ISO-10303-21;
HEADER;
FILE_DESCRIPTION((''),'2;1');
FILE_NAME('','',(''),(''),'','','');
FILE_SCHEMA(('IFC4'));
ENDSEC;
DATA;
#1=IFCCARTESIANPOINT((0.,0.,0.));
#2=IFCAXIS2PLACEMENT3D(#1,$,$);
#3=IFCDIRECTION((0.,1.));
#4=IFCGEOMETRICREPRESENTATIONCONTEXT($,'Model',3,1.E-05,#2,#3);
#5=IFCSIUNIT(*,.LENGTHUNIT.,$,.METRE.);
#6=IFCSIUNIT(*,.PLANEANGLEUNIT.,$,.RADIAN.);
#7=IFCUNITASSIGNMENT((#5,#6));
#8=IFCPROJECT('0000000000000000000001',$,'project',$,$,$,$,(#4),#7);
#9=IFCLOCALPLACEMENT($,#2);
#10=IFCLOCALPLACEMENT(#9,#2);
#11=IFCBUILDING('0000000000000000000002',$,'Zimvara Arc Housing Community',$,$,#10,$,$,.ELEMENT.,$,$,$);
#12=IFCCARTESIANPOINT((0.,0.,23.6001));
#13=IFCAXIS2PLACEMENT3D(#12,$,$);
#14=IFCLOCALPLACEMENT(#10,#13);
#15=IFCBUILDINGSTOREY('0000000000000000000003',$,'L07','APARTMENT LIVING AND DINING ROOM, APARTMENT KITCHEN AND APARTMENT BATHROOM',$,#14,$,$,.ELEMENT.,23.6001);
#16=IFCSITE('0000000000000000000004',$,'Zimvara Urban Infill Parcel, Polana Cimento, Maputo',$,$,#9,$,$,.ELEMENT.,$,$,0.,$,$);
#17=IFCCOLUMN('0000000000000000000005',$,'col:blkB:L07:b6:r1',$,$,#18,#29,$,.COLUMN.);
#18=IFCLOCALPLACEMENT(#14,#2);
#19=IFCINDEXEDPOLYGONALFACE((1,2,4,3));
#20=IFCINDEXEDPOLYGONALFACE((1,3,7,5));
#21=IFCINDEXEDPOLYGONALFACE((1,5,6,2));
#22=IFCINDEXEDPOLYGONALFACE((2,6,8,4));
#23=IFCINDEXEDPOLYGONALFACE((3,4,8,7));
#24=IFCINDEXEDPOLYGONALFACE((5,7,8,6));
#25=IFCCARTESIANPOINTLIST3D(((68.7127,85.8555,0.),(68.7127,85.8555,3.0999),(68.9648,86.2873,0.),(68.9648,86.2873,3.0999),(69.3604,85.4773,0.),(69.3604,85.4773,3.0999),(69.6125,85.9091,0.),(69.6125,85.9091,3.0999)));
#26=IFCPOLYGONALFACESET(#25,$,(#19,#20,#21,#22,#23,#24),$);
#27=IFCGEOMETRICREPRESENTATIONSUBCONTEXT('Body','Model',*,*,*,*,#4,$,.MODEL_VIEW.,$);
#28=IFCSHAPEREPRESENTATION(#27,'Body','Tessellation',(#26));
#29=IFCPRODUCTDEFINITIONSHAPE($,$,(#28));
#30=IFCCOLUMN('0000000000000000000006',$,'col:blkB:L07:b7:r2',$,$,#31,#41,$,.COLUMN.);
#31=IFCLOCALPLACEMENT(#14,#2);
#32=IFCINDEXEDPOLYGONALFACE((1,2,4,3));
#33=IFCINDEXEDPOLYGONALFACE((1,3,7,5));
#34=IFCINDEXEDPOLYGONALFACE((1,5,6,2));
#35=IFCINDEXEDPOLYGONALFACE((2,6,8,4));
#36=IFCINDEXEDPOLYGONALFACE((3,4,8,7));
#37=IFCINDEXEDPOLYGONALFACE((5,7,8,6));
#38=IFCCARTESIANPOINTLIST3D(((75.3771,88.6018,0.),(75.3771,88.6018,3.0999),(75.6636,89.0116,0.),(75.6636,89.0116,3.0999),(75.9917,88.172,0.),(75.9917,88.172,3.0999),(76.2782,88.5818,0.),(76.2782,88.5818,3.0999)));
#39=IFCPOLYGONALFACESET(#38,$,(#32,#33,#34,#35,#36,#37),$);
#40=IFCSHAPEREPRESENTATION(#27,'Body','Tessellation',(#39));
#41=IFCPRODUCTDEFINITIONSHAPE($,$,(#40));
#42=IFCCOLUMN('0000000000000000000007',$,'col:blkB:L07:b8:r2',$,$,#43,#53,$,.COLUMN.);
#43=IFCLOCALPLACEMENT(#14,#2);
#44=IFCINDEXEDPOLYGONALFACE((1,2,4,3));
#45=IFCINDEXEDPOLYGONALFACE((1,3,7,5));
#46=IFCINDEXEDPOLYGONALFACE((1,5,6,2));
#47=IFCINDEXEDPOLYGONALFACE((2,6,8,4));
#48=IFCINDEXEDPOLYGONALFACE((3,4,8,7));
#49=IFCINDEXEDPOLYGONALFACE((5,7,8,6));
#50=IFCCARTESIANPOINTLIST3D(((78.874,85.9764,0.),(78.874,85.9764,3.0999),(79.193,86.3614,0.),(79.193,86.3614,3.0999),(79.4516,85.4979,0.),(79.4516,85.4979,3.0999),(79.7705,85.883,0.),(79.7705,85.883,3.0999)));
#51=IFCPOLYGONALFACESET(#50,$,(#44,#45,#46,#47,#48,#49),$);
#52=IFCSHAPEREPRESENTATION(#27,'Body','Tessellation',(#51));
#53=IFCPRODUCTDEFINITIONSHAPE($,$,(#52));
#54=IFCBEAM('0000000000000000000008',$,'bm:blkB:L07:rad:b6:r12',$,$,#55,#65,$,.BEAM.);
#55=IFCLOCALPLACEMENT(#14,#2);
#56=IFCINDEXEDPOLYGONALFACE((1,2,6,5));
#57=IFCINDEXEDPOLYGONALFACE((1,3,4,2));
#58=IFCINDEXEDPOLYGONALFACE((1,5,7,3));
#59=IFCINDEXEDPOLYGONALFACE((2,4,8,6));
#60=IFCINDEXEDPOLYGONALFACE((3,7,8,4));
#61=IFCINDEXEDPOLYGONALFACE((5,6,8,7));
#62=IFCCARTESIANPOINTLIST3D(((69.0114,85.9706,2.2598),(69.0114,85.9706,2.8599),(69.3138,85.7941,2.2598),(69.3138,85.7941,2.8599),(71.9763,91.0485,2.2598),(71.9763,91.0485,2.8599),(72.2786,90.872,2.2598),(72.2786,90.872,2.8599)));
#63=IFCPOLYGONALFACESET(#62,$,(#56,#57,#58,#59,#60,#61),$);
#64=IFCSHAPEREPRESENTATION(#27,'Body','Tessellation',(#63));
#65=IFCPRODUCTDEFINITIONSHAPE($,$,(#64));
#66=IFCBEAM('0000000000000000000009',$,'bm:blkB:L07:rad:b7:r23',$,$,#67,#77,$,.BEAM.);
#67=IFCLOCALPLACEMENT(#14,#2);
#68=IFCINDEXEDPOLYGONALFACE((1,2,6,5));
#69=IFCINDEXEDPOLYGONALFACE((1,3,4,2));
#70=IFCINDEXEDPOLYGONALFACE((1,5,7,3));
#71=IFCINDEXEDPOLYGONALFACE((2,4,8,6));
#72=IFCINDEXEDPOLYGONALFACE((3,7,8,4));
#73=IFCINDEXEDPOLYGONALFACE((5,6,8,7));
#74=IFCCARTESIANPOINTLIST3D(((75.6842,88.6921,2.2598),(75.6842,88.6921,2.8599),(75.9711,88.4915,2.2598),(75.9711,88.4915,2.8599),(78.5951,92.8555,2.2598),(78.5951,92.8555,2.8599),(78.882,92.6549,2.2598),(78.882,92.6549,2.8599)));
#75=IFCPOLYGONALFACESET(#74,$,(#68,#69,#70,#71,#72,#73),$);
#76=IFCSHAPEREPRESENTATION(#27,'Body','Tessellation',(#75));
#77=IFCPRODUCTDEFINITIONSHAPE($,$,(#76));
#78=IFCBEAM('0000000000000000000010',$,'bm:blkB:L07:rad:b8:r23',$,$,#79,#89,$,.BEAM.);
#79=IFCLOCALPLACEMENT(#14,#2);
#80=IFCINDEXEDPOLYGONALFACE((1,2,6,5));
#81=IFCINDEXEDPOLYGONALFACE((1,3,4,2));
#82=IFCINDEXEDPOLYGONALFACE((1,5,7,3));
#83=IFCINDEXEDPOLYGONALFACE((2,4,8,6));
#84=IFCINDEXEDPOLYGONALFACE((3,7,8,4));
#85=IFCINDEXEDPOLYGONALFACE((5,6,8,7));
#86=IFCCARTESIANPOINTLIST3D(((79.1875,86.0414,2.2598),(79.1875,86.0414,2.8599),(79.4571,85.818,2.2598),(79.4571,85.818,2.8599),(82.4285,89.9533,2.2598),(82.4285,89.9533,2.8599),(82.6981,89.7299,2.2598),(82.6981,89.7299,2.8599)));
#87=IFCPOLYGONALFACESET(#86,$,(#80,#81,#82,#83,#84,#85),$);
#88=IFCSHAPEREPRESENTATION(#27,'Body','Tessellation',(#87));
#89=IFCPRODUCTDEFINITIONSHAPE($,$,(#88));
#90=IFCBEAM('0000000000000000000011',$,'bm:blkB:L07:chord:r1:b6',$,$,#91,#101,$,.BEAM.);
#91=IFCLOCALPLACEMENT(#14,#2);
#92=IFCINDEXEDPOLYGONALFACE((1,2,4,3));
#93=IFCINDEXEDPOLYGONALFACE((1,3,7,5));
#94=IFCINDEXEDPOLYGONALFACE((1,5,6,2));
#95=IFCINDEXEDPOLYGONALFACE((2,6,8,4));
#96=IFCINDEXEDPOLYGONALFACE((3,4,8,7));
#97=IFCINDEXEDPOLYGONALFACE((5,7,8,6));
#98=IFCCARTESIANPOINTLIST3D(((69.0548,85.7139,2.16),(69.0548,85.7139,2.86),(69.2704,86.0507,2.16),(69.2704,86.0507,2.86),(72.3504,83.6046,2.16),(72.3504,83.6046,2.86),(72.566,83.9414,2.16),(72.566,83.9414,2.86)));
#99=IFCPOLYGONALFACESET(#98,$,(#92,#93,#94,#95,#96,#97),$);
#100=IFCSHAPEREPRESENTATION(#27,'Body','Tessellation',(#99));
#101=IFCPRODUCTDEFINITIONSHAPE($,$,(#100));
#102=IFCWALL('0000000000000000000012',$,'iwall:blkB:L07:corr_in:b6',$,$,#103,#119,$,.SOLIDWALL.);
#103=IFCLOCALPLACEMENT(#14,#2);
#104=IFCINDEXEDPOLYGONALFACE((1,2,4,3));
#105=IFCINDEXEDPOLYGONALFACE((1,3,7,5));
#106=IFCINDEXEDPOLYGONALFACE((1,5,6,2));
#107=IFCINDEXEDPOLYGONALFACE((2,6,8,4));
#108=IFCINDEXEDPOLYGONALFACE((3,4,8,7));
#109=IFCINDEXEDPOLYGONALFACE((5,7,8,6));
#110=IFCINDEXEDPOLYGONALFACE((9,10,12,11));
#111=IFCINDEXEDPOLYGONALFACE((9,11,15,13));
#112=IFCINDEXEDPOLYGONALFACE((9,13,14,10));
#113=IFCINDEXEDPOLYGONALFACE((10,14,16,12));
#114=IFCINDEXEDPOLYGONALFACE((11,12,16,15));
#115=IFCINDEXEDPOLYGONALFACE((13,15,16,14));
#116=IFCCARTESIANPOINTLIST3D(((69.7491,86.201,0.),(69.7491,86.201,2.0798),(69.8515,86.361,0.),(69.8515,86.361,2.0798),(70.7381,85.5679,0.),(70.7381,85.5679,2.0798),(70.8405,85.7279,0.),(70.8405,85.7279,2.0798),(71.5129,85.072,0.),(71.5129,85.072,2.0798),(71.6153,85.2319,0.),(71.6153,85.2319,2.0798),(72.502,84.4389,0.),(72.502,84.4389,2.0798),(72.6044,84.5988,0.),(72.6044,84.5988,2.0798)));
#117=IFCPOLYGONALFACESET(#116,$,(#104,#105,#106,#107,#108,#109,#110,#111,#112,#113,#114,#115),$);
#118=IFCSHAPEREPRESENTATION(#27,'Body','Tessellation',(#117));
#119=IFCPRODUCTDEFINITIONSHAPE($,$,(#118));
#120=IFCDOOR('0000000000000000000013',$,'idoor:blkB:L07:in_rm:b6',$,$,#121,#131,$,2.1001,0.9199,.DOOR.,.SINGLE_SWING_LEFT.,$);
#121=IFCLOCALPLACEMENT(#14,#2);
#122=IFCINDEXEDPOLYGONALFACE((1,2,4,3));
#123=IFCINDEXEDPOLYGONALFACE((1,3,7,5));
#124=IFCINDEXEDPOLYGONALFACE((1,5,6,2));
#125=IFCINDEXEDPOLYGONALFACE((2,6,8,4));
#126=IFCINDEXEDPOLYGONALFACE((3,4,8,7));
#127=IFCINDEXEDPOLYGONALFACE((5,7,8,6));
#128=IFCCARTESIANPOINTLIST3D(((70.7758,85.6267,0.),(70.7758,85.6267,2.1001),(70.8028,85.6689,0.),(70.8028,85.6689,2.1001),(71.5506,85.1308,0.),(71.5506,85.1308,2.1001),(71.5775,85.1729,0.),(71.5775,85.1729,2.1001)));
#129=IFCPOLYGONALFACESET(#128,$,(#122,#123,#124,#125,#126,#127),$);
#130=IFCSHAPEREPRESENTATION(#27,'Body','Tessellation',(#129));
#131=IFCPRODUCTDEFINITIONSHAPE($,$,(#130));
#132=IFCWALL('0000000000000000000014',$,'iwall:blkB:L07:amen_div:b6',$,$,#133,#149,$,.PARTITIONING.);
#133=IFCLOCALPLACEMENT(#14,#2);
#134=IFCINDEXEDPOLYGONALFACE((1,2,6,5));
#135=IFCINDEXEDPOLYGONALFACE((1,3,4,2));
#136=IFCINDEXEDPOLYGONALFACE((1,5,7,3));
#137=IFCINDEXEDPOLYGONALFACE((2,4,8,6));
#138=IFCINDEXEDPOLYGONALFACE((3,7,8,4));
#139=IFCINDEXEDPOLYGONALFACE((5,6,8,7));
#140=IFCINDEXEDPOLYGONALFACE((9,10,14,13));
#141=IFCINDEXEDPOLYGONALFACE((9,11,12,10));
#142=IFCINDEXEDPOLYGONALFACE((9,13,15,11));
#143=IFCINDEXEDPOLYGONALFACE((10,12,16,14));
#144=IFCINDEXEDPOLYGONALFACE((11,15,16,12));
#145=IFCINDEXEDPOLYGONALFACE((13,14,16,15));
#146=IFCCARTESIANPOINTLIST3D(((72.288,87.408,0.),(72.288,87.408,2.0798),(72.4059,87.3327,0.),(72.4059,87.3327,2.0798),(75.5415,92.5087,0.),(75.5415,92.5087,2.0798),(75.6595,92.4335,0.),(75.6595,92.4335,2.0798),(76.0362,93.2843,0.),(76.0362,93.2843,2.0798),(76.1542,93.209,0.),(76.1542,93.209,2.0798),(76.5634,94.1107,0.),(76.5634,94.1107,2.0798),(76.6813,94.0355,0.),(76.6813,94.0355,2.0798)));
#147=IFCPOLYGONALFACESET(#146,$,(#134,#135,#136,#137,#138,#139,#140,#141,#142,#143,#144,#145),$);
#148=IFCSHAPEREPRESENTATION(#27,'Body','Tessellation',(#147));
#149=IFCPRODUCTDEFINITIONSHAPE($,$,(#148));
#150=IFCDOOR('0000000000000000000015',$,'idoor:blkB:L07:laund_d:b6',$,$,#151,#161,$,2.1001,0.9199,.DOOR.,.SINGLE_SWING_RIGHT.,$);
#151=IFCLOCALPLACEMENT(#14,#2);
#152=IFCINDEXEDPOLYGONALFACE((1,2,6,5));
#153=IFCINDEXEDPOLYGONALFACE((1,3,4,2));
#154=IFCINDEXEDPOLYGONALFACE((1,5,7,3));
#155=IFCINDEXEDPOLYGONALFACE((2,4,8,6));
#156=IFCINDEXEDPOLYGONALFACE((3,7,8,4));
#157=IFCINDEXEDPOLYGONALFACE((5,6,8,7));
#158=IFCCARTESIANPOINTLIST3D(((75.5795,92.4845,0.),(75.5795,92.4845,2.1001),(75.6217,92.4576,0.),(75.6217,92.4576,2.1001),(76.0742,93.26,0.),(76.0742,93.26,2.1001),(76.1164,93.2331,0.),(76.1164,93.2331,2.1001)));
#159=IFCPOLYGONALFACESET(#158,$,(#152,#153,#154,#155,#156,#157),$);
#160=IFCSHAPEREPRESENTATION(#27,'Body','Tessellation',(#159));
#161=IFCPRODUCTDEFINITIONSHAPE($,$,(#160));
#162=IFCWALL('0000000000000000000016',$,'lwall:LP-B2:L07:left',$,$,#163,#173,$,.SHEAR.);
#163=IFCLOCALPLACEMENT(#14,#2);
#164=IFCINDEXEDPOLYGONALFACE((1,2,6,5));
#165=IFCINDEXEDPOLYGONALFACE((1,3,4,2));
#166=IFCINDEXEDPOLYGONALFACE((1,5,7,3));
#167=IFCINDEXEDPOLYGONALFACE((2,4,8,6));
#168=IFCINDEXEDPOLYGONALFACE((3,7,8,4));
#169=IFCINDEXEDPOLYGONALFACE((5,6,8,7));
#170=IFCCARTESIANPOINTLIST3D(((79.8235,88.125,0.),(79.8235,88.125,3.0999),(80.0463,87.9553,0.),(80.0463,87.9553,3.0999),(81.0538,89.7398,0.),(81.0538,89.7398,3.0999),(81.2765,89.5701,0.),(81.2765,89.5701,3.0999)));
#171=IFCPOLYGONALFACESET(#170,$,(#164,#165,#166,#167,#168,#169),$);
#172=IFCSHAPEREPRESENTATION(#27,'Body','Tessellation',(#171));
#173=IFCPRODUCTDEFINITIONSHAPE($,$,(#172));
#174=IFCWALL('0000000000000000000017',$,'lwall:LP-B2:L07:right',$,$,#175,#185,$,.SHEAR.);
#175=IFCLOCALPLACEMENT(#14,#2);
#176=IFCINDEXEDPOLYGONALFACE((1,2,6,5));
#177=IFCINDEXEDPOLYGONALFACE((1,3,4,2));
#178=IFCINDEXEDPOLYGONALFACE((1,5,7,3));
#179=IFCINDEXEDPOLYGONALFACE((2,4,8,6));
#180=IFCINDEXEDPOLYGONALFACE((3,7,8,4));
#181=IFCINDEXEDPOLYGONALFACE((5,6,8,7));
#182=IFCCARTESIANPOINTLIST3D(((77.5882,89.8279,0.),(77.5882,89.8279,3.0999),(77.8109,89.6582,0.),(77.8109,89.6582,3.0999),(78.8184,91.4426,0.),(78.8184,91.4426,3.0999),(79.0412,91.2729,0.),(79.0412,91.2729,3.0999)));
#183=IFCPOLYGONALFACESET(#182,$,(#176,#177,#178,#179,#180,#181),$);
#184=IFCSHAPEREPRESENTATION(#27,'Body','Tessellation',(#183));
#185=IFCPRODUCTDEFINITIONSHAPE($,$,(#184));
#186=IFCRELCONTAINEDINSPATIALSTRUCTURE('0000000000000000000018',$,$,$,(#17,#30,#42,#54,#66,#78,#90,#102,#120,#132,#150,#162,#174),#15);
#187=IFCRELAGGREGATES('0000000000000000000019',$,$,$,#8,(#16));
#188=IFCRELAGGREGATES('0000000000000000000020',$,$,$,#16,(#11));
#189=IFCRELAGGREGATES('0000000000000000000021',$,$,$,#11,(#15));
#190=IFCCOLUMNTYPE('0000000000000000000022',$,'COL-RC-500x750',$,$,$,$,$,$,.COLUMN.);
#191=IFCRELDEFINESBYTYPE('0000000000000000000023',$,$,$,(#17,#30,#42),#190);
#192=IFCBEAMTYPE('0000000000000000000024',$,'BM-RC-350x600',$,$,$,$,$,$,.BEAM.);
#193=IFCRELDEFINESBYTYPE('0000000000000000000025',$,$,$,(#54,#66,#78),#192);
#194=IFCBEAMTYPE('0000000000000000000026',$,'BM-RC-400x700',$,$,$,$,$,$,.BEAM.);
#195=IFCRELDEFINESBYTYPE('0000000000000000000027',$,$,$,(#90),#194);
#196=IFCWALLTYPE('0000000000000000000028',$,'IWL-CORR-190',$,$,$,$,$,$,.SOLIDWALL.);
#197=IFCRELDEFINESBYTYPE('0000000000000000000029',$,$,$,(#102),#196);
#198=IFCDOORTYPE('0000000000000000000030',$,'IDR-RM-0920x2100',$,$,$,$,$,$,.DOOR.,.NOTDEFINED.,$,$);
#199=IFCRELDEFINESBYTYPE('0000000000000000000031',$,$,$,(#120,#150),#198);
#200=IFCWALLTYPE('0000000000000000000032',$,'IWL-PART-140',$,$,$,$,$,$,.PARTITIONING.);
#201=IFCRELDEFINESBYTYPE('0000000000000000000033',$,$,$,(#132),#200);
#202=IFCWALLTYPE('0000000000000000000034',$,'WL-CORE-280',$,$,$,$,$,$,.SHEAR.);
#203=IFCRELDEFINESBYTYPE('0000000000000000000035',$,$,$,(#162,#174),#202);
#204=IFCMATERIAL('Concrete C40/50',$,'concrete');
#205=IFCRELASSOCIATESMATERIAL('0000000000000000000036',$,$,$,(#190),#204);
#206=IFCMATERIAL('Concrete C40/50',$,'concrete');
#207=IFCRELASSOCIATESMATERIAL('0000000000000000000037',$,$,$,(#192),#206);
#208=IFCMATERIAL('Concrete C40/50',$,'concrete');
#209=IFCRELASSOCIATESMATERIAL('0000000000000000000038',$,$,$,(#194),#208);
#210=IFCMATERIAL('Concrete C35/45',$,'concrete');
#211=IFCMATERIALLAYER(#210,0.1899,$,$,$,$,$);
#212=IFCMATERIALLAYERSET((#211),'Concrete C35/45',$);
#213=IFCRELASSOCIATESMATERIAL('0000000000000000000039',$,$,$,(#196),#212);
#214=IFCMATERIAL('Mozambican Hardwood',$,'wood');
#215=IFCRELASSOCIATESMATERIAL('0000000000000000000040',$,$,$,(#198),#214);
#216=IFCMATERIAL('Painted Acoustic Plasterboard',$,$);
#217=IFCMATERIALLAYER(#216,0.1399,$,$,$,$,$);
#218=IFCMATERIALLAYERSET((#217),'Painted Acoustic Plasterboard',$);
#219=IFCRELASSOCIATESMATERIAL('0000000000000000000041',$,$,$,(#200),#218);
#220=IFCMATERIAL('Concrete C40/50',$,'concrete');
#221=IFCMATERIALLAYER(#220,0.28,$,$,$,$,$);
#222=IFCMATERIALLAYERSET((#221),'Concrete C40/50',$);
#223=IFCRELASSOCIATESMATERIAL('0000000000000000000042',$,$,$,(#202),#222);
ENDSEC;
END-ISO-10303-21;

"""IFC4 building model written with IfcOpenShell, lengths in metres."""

from ifc_helpers import new_model, si_unit, direction, frame, frame_2d, origin, origin_2d, place, context, subcontext, project, spatial, rectangle, extrude, material, layer, layer_set, material_profile, profile_set, type_object, element, fill, save


model = new_model("IFC4")

# Units and contexts
model_context = context("Model", 3, precision=1e-05, world=origin(), true_north=direction((0.0, 1.0)))
body_context = subcontext(model_context, "Body", "Model", "MODEL_VIEW")
ifc_project = project(units=[si_unit("LENGTHUNIT", "METRE"), si_unit("PLANEANGLEUNIT", "RADIAN")], contexts=[model_context])

# Site, building, storey
site_placement = place(None, origin())
site = spatial("IfcSite", under=ifc_project, at=site_placement, Name="Zimvara Urban Infill Parcel, Polana Cimento, Maputo", CompositionType="ELEMENT", RefElevation=0.0)
building_placement = place(site_placement, origin())
building = spatial("IfcBuilding", under=site, at=building_placement, Name="Zimvara Arc Housing Community", CompositionType="ELEMENT")
storey_placement = place(building_placement, frame((0.0, 0.0, 23.6001)))
storey = spatial("IfcBuildingStorey", under=building, at=storey_placement, Name="L07", Description="APARTMENT LIVING AND DINING ROOM, APARTMENT KITCHEN AND APARTMENT BATHROOM", CompositionType="ELEMENT", Elevation=23.6001)

# Columns
ifc_material_1 = material(Name="Concrete C40/50", Category="concrete")
ifc_material_profile_1 = material_profile(ifc_material_1, rectangle(XDim=0.5, YDim=0.75, at=origin_2d()), Name="RC 500x750")
ifc_profile_set_1 = profile_set([ifc_material_profile_1], Name="Concrete C40/50")
column_type = type_object("IfcColumnType", Name="COL-RC-500x750", PredefinedType="COLUMN", material=ifc_profile_set_1)
for number, where, z_axis, x_axis, name in (
    (1, (69.1626, 85.8823, 0.0), (0.0, 0.0, 1.0), (0.504226, 0.863572, 0.0), "col:blkB:L07:b6:r1"),
    (2, (75.8276, 88.5918, 0.0), (0.0, 0.0, 1.0), (0.573004, 0.819552, 0.0), "col:blkB:L07:b7:r2"),
    (3, (79.3223, 85.9297, 0.0), (0.0, 0.0, 1.0), (0.637962, 0.770068, 0.0), "col:blkB:L07:b8:r2"),
):
    element("IfcColumn", number, at=place(storey_placement, frame(where, z_axis=z_axis, x_axis=x_axis)), inside=storey, type_object=column_type, Name=name, PredefinedType="COLUMN", context=body_context, shape_type="SweptSolid", body=[
        extrude(rectangle(XDim=0.5, YDim=0.75, at=origin_2d()), origin(), (0.0, 0.0, 1.0), 3.0999),
    ])

# Beams
ifc_material_2 = material(Name="Concrete C40/50", Category="concrete")
ifc_material_profile_2 = material_profile(ifc_material_2, rectangle(XDim=0.3501, YDim=0.6001, at=origin_2d()), Name="RC 350x600")
ifc_profile_set_2 = profile_set([ifc_material_profile_2], Name="Concrete C40/50")
beam_type_1 = type_object("IfcBeamType", Name="BM-RC-350x600", PredefinedType="BEAM", material=ifc_profile_set_2)
beam_1_placement = place(storey_placement, frame((69.1626, 85.8823, 2.5598), z_axis=(0.504219, 0.863576, 0.0), x_axis=(-0.863576, 0.504219, 0.0)))
element("IfcBeam", 4, at=beam_1_placement, inside=storey, type_object=beam_type_1, Name="bm:blkB:L07:rad:b6:r12", PredefinedType="BEAM", context=body_context, shape_type="SweptSolid", body=[
    extrude(rectangle(XDim=0.3501, YDim=0.6001, at=origin_2d()), origin(), (0.0, 0.0, 1.0), 5.8801),
])
for number, where, z_axis, x_axis, name in (
    (5, (75.8276, 88.5918, 2.5598), (0.573007, 0.81955, 0.0), (-0.81955, 0.573007, 0.0), "bm:blkB:L07:rad:b7:r23"),
    (6, (79.3223, 85.9297, 2.5598), (0.637984, 0.77005, 0.0), (-0.77005, 0.637984, 0.0), "bm:blkB:L07:rad:b8:r23"),
):
    element("IfcBeam", number, at=place(storey_placement, frame(where, z_axis=z_axis, x_axis=x_axis)), inside=storey, type_object=beam_type_1, Name=name, PredefinedType="BEAM", context=body_context, shape_type="SweptSolid", body=[
        extrude(rectangle(XDim=0.3501, YDim=0.6001, at=origin_2d()), origin(), (0.0, 0.0, 1.0), 5.0801),
    ])
ifc_material_3 = material(Name="Concrete C40/50", Category="concrete")
ifc_material_profile_3 = material_profile(ifc_material_3, rectangle(XDim=0.3999, YDim=0.7, at=origin_2d()), Name="RC 400x700")
ifc_profile_set_3 = profile_set([ifc_material_profile_3], Name="Concrete C40/50")
beam_type_2 = type_object("IfcBeamType", Name="BM-RC-400x700", PredefinedType="BEAM", material=ifc_profile_set_3)
beam_2_placement = place(storey_placement, frame((69.1626, 85.8823, 2.51), z_axis=(0.842253, -0.539082, 0.0), x_axis=(0.539082, 0.842253, 0.0)))
element("IfcBeam", 7, at=beam_2_placement, inside=storey, type_object=beam_type_2, Name="bm:blkB:L07:chord:r1:b6", PredefinedType="BEAM", context=body_context, shape_type="SweptSolid", body=[
    extrude(rectangle(XDim=0.3999, YDim=0.7, at=origin_2d()), origin(), (0.0, 0.0, 1.0), 3.9128),
])

# Shared definitions
ifc_material_4 = material(Name="Concrete C35/45", Category="concrete")
ifc_layer_1 = layer(ifc_material_4, 0.1899)
ifc_layer_set_1 = layer_set([ifc_layer_1], Name="Concrete C35/45")
wall_type_1 = type_object("IfcWallType", Name="IWL-CORR-190", PredefinedType="SOLIDWALL", material=ifc_layer_set_1)

# Walls, openings, doors
wall_1_placement = place(storey_placement, frame((69.8003, 86.281, 0.0), z_axis=(0.0, 0.0, 1.0), x_axis=(0.842225, -0.539126, 0.0)))
wall_1 = element("IfcWall", 8, at=wall_1_placement, inside=storey, type_object=wall_type_1, Name="iwall:blkB:L07:corr_in:b6", PredefinedType="SOLIDWALL", context=body_context, shape_type="SweptSolid", body=[
    extrude(rectangle(XDim=3.2686, YDim=0.1899, at=frame_2d((1.6343, 0.0))), origin(), (0.0, 0.0, 1.0), 2.0798),
])
opening_1_placement = place(wall_1_placement, frame((1.1743, 0.0, 0.0)))
opening_1 = element("IfcOpeningElement", 9, at=opening_1_placement, cuts=wall_1, PredefinedType="OPENING", context=body_context, shape_type="SweptSolid", body=[
    extrude(rectangle(XDim=0.9199, YDim=2.1001, at=frame_2d((0.46, 1.05))), frame((0.0, 0.105, 0.0), z_axis=(0.0, -1.0, 0.0), x_axis=(1.0, 0.0, 0.0)), (0.0, 0.0, 1.0), 0.21),
])
ifc_material_5 = material(Name="Mozambican Hardwood", Category="wood")
door_type_1 = type_object("IfcDoorType", Name="IDR-RM-0920x2100", OperationType="NOTDEFINED", PredefinedType="DOOR", material=ifc_material_5)
door_1_placement = place(opening_1_placement, origin())
door_1 = element("IfcDoor", 10, at=door_1_placement, inside=storey, type_object=door_type_1, Name="idoor:blkB:L07:in_rm:b6", OperationType="SINGLE_SWING_LEFT", OverallHeight=2.1001, OverallWidth=0.9199, PredefinedType="DOOR", context=body_context, shape_type="SweptSolid", body=[
    extrude(rectangle(XDim=0.9199, YDim=2.1001, at=frame_2d((0.46, 1.05))), frame((0.0, 0.0249, 0.0), z_axis=(0.0, -1.0, 0.0), x_axis=(1.0, 0.0, 0.0)), (0.0, 0.0, 1.0), 0.05),
])
fill(opening_1, door_1)
ifc_material_6 = material(Name="Painted Acoustic Plasterboard")
ifc_layer_2 = layer(ifc_material_6, 0.1399)
ifc_layer_set_2 = layer_set([ifc_layer_2], Name="Painted Acoustic Plasterboard")
wall_type_2 = type_object("IfcWallType", Name="IWL-PART-140", PredefinedType="PARTITIONING", material=ifc_layer_set_2)
wall_2_placement = place(storey_placement, frame((72.3469, 87.3704, 0.0), z_axis=(0.0, 0.0, 1.0), x_axis=(0.537777, 0.843087, 0.0)))
wall_2 = element("IfcWall", 11, at=wall_2_placement, inside=storey, type_object=wall_type_2, Name="iwall:blkB:L07:amen_div:b6", PredefinedType="PARTITIONING", context=body_context, shape_type="SweptSolid", body=[
    extrude(rectangle(XDim=7.9502, YDim=0.1399, at=frame_2d((3.9751, 0.0))), origin(), (0.0, 0.0, 1.0), 2.0798),
])
opening_2_placement = place(wall_2_placement, frame((6.05, 0.0, 0.0)))
opening_2 = element("IfcOpeningElement", 12, at=opening_2_placement, cuts=wall_2, PredefinedType="OPENING", context=body_context, shape_type="SweptSolid", body=[
    extrude(rectangle(XDim=0.9199, YDim=2.1001, at=frame_2d((0.46, 1.05))), frame((0.0, 0.0798, 0.0), z_axis=(0.0, -1.0, 0.0), x_axis=(1.0, 0.0, 0.0)), (0.0, 0.0, 1.0), 0.1599),
])
door_2_placement = place(opening_2_placement, origin())
door_2 = element("IfcDoor", 13, at=door_2_placement, inside=storey, type_object=door_type_1, Name="idoor:blkB:L07:laund_d:b6", OperationType="SINGLE_SWING_RIGHT", OverallHeight=2.1001, OverallWidth=0.9199, PredefinedType="DOOR", context=body_context, shape_type="SweptSolid", body=[
    extrude(rectangle(XDim=0.9199, YDim=2.1001, at=frame_2d((0.46, 1.05))), frame((0.0, 0.0249, 0.0), z_axis=(0.0, -1.0, 0.0), x_axis=(1.0, 0.0, 0.0)), (0.0, 0.0, 1.0), 0.05),
])
fill(opening_2, door_2)
ifc_material_7 = material(Name="Concrete C40/50", Category="concrete")
ifc_layer_3 = layer(ifc_material_7, 0.28)
ifc_layer_set_3 = layer_set([ifc_layer_3], Name="Concrete C40/50")
wall_type_3 = type_object("IfcWallType", Name="WL-CORE-280", PredefinedType="SHEAR", material=ifc_layer_set_3)

# Walls
for number, where, z_axis, x_axis, name in (
    (14, (79.9348, 88.04, 0.0), (0.0, 0.0, 1.0), (0.606025, 0.795446, 0.0), "lwall:LP-B2:L07:left"),
    (15, (77.6995, 89.7429, 0.0), (0.0, 0.0, 1.0), (0.606025, 0.795446, 0.0), "lwall:LP-B2:L07:right"),
):
    element("IfcWall", number, at=place(storey_placement, frame(where, z_axis=z_axis, x_axis=x_axis)), inside=storey, type_object=wall_type_3, Name=name, PredefinedType="SHEAR", context=body_context, shape_type="SweptSolid", body=[
        extrude(rectangle(XDim=2.03, YDim=0.28, at=frame_2d((1.0151, 0.0))), origin(), (0.0, 0.0, 1.0), 3.0999),
    ])

save(model, "model.ifc")
